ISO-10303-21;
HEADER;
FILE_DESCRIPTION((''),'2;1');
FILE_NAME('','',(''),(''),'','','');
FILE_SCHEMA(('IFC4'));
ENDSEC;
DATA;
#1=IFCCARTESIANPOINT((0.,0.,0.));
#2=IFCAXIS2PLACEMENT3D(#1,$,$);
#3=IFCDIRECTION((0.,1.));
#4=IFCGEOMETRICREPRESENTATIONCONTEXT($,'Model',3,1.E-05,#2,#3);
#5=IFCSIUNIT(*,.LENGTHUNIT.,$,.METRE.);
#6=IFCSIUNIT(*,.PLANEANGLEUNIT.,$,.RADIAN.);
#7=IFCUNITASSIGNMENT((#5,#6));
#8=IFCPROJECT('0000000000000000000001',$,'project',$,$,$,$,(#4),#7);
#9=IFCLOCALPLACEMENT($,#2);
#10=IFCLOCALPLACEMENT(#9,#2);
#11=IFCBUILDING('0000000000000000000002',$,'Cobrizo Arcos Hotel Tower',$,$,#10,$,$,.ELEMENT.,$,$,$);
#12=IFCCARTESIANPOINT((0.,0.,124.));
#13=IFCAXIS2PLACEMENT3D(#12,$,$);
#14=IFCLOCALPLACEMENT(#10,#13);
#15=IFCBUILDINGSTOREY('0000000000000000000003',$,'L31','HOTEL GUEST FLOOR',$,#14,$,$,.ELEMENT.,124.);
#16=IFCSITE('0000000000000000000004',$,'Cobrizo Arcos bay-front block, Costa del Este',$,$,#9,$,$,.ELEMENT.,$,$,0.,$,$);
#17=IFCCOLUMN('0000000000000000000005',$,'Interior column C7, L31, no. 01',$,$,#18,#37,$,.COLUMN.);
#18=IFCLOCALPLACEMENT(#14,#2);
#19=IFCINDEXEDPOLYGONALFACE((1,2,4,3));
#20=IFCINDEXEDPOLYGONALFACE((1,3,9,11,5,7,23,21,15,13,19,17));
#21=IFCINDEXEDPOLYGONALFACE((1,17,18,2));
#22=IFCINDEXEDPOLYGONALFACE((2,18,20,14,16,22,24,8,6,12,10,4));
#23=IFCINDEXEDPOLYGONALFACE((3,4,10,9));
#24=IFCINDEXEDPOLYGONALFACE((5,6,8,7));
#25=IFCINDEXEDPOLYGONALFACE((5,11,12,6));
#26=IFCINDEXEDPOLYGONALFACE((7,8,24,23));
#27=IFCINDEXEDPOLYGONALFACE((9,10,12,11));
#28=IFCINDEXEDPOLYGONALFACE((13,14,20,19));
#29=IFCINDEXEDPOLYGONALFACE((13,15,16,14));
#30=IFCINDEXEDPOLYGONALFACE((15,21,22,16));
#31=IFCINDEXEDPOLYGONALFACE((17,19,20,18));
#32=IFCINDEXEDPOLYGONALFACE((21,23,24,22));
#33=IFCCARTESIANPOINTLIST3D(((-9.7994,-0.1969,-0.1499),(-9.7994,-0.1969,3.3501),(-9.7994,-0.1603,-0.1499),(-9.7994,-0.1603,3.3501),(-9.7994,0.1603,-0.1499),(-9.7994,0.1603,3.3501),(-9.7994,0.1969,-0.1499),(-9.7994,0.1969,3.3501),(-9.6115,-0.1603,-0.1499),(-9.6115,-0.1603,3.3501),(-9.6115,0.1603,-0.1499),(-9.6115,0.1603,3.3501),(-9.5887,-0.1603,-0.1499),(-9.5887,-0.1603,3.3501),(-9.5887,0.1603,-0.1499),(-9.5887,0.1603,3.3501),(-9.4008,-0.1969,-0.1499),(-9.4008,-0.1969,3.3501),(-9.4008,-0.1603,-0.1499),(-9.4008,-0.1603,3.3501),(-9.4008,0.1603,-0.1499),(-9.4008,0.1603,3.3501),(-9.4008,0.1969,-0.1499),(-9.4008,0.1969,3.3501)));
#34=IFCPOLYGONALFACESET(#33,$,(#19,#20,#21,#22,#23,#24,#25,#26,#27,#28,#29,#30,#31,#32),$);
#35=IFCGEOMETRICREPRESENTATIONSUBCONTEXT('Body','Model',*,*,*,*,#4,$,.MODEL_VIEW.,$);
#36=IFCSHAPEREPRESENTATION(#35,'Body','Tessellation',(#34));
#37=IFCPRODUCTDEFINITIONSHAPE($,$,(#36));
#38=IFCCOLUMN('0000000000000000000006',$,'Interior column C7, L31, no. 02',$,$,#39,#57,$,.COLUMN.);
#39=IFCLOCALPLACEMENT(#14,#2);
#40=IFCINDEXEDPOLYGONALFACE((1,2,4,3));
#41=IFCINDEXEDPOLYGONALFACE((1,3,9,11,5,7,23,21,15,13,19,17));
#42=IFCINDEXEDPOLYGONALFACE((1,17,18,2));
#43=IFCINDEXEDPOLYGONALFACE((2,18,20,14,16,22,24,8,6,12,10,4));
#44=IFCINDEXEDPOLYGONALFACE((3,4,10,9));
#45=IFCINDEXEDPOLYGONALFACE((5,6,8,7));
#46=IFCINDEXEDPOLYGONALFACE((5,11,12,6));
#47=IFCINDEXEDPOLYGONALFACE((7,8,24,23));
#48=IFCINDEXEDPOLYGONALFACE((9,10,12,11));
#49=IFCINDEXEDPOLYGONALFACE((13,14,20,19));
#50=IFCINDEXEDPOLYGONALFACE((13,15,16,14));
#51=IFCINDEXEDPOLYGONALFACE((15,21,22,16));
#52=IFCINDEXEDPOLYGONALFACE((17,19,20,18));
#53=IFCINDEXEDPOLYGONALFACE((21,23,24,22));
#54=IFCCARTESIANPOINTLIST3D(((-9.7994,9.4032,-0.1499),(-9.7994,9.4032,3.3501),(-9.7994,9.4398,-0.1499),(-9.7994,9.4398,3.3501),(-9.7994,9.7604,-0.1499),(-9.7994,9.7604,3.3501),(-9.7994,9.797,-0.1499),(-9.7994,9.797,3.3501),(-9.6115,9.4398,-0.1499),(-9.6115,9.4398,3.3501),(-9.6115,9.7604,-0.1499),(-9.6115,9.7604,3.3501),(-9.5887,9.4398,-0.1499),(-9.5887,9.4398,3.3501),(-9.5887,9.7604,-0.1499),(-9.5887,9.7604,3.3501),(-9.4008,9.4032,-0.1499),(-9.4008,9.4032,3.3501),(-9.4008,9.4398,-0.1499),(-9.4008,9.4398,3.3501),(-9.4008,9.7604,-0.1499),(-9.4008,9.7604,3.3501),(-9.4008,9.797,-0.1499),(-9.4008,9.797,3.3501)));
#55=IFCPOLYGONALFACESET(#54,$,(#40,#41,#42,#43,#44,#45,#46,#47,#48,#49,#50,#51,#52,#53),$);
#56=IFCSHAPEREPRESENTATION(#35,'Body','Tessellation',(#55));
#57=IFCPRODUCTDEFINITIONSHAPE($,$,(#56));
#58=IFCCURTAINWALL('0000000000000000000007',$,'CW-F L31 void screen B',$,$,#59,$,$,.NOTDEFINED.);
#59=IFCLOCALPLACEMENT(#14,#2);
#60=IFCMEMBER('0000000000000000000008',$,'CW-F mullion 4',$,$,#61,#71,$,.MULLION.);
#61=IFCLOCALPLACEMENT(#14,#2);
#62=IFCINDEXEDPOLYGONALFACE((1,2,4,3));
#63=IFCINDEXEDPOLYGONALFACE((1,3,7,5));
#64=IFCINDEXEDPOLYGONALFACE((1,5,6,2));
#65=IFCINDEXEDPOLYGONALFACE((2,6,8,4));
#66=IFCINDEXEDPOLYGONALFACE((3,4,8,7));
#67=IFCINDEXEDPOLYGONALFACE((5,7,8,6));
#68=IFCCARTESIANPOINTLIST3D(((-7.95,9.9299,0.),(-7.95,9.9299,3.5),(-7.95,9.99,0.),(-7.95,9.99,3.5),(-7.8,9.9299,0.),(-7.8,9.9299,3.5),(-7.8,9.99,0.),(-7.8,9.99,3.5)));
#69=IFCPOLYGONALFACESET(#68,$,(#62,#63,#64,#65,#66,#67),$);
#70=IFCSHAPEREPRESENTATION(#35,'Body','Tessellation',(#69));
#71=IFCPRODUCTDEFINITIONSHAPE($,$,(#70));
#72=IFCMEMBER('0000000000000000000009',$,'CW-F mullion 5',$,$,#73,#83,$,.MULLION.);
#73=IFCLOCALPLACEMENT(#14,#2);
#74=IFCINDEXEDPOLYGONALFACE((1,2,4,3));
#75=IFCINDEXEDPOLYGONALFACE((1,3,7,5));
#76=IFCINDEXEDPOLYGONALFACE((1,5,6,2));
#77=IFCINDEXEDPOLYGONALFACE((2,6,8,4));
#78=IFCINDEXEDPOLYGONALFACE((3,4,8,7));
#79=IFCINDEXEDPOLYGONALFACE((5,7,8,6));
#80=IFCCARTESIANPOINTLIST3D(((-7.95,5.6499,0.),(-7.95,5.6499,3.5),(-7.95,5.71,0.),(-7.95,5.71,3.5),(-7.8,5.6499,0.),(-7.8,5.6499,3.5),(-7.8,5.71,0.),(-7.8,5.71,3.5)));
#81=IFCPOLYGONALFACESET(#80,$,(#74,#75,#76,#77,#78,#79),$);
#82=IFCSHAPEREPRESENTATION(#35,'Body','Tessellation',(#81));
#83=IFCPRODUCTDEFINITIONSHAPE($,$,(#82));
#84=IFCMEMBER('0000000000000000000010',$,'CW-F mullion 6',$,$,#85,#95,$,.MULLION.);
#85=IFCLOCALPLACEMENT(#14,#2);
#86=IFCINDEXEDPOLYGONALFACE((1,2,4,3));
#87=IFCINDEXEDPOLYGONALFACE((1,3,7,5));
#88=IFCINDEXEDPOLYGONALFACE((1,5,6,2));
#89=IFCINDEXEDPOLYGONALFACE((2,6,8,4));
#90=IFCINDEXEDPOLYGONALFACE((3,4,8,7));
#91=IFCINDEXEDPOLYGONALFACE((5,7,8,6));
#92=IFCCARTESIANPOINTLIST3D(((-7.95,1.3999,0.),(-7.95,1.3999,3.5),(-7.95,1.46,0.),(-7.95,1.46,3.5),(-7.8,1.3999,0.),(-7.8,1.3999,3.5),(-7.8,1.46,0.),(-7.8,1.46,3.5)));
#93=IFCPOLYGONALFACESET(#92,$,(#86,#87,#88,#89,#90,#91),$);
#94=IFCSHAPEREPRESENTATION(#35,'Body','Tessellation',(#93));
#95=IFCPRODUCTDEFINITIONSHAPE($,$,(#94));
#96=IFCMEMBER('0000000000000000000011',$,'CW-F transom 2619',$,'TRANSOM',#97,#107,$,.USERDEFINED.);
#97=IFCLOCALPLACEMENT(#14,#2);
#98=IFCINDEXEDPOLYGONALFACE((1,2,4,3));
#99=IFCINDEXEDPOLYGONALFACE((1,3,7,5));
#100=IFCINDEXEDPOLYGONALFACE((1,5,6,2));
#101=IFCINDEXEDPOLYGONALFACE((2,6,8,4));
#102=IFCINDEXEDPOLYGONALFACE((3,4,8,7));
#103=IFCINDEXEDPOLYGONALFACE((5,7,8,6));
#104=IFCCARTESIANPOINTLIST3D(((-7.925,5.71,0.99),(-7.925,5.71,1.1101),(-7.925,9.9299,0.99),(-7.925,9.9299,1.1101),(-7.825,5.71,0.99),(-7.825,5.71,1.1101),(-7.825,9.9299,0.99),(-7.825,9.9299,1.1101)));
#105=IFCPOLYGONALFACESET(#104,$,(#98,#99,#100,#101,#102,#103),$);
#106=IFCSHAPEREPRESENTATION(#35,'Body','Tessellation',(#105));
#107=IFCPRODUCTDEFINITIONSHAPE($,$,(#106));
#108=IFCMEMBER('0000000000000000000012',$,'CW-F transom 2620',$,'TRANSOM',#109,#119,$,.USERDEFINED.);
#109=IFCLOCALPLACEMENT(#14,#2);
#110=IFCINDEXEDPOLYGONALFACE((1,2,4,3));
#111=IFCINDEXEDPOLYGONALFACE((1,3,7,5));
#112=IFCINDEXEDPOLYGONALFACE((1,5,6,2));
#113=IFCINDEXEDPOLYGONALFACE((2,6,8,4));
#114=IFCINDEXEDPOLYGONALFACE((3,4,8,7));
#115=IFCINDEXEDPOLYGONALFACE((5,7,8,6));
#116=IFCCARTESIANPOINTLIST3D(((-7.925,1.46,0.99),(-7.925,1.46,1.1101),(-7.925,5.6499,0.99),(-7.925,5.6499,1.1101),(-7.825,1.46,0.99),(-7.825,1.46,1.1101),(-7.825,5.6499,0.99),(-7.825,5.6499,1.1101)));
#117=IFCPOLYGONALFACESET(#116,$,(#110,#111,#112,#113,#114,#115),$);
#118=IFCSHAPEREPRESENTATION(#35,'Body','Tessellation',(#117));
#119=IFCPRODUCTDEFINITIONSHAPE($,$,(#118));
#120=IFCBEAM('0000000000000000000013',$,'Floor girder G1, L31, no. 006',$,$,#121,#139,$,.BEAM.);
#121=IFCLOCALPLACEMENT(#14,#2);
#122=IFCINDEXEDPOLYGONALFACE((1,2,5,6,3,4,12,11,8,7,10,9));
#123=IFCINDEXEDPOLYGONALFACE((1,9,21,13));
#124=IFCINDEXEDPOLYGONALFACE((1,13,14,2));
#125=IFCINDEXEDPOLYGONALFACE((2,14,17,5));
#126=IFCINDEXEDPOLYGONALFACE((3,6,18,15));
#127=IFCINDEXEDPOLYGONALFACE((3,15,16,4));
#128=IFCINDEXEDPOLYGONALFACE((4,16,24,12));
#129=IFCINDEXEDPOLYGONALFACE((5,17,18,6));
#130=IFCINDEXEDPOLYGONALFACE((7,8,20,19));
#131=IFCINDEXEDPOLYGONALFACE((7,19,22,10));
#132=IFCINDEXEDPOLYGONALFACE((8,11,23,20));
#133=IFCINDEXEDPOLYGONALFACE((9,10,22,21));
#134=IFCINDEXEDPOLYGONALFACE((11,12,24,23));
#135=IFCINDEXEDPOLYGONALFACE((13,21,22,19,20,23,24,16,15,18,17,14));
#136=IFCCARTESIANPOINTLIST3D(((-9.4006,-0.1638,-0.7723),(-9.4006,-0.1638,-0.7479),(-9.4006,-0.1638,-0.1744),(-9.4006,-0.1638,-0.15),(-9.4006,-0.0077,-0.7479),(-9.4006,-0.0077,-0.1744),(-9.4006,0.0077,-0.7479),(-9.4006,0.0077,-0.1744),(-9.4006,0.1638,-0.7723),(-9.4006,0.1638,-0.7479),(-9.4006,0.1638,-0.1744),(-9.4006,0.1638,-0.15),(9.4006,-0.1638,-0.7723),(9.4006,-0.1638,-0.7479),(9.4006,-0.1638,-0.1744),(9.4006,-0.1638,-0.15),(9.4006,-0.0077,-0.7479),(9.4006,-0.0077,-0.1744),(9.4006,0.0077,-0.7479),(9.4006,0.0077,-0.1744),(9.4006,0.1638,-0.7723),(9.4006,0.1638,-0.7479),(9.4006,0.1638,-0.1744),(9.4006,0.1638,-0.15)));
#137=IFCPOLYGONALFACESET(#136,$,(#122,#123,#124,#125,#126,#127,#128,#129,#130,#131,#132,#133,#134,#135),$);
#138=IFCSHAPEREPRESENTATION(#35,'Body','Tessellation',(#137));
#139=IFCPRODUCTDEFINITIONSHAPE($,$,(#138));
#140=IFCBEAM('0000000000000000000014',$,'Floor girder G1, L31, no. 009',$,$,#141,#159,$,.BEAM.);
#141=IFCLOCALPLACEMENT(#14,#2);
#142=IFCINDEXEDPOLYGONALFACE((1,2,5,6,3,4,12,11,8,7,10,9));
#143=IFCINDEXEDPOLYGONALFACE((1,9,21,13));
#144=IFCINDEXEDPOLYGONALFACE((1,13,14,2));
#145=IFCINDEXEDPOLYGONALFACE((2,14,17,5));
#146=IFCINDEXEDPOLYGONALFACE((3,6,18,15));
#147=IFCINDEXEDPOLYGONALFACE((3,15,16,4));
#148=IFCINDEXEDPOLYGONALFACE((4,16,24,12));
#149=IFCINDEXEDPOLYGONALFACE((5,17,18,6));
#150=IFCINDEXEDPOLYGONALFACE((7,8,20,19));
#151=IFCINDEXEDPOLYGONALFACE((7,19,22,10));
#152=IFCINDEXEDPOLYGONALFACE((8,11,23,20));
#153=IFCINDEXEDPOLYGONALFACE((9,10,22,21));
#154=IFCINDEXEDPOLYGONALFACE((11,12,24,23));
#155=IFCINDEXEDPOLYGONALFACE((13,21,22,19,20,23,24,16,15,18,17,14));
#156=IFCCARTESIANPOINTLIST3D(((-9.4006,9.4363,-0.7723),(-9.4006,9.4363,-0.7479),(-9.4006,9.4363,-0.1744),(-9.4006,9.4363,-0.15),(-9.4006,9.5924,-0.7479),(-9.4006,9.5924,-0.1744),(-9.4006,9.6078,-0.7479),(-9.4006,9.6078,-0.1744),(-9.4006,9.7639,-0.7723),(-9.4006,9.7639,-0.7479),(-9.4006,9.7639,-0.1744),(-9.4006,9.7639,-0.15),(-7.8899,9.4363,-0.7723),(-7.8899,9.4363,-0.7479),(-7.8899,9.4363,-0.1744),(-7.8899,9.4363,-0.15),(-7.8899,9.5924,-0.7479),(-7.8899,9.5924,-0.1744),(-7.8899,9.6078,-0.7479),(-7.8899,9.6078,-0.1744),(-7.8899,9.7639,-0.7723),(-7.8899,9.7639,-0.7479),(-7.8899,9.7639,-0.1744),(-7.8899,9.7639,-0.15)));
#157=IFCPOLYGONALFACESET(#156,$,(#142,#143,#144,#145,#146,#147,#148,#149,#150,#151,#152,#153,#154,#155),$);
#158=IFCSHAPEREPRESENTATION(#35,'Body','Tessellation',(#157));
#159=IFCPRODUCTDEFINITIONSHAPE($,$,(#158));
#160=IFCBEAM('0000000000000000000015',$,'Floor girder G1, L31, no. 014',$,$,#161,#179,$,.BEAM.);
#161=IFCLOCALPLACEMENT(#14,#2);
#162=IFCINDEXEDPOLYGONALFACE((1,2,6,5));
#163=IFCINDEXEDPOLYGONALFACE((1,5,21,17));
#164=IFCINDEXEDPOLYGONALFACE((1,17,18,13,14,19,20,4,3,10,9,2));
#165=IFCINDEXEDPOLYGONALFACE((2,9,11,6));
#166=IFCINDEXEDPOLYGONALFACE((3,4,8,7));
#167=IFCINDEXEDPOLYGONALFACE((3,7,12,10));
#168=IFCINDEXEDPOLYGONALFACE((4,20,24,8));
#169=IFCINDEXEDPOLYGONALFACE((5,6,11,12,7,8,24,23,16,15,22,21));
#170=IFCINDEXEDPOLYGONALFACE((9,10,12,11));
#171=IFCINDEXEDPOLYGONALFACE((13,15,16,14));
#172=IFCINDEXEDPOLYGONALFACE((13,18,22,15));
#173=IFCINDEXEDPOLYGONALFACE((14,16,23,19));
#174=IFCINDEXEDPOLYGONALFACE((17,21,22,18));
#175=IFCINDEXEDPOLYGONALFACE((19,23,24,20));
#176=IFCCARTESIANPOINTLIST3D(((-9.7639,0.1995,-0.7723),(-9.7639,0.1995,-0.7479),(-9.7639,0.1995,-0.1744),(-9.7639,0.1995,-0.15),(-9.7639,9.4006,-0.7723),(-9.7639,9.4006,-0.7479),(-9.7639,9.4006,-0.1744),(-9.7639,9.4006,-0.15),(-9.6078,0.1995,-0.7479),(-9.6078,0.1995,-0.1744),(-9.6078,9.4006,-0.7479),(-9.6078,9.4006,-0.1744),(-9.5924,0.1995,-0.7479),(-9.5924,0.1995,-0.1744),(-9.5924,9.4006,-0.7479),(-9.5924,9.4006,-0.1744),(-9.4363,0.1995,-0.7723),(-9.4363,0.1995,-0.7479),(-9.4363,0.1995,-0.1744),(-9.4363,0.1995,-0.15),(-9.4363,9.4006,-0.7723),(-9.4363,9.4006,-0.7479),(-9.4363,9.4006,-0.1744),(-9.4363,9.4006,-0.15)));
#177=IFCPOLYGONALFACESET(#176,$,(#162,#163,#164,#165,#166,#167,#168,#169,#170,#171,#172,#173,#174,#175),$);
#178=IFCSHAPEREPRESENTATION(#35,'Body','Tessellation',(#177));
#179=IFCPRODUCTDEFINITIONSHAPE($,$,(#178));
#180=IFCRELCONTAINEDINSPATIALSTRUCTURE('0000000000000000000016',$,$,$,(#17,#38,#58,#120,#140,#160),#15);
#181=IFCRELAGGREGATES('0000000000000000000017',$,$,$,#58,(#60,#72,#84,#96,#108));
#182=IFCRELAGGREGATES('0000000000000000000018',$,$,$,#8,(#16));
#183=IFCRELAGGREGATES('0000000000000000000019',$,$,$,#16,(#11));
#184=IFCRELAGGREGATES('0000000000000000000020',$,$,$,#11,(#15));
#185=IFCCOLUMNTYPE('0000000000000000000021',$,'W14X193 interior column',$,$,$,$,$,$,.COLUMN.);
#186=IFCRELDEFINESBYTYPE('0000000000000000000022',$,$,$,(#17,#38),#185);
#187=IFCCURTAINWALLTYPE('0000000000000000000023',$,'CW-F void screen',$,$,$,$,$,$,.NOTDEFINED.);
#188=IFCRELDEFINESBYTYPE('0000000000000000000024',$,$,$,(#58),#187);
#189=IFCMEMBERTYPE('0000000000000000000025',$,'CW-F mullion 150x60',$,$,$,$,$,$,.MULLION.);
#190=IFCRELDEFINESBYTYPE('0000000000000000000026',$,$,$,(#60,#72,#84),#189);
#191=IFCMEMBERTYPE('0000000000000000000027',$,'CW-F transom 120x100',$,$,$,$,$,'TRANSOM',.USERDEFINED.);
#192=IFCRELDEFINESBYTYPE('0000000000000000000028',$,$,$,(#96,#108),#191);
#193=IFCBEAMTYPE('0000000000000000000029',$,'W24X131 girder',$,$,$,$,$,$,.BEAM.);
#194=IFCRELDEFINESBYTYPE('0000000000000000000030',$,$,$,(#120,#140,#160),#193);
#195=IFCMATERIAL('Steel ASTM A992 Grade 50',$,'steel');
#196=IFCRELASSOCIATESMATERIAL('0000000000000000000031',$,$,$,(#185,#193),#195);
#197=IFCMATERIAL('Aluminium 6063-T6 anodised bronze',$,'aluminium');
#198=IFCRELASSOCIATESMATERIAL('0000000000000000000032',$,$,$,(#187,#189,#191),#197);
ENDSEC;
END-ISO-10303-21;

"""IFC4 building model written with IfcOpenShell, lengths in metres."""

from ifc_helpers import new_model, si_unit, direction, frame, origin, origin_2d, place, context, subcontext, project, spatial, rectangle, i_section, extrude, material, material_profile, profile_set, type_object, element, aggregate, save


model = new_model("IFC4")

# Units and contexts
model_context = context("Model", 3, precision=1e-05, world=origin(), true_north=direction((0.0, 1.0)))
body_context = subcontext(model_context, "Body", "Model", "MODEL_VIEW")
ifc_project = project(units=[si_unit("LENGTHUNIT", "METRE"), si_unit("PLANEANGLEUNIT", "RADIAN")], contexts=[model_context])

# Site, building, storey
site_placement = place(None, origin())
site = spatial("IfcSite", under=ifc_project, at=site_placement, Name="Cobrizo Arcos bay-front block, Costa del Este", CompositionType="ELEMENT", RefElevation=0.0)
building_placement = place(site_placement, origin())
building = spatial("IfcBuilding", under=site, at=building_placement, Name="Cobrizo Arcos Hotel Tower", CompositionType="ELEMENT")
storey_placement = place(building_placement, frame((0.0, 0.0, 124.0)))
storey = spatial("IfcBuildingStorey", under=building, at=storey_placement, Name="L31", Description="HOTEL GUEST FLOOR", CompositionType="ELEMENT", Elevation=124.0)

# Columns
ifc_material_1 = material(Name="Steel ASTM A992 Grade 50", Category="steel")
ifc_material_profile_1 = material_profile(ifc_material_1, i_section(OverallWidth=0.3987, OverallDepth=0.3938, WebThickness=0.0227, FlangeThickness=0.0366, at=origin_2d()), Name="W14X193")
ifc_profile_set_1 = profile_set([ifc_material_profile_1], Name="Steel ASTM A992 Grade 50")
column_type = type_object("IfcColumnType", Name="W14X193 interior column", PredefinedType="COLUMN", material=ifc_profile_set_1)
for number, where, z_axis, x_axis, name in (
    (1, (-9.6001, 0.0, -0.1499), (0.0, 0.0, 1.0), (1.0, 0.0, 0.0), "Interior column C7, L31, no. 01"),
    (2, (-9.6001, 9.6001, -0.1499), (0.0, 0.0, 1.0), (1.0, 0.0, 0.0), "Interior column C7, L31, no. 02"),
):
    element("IfcColumn", number, at=place(storey_placement, frame(where, z_axis=z_axis, x_axis=x_axis)), inside=storey, type_object=column_type, Name=name, PredefinedType="COLUMN", context=body_context, shape_type="SweptSolid", body=[
        extrude(i_section(OverallWidth=0.3987, OverallDepth=0.3938, WebThickness=0.0227, FlangeThickness=0.0366, at=origin_2d()), origin(), (0.0, 0.0, 1.0), 3.5),
    ])

# Curtain wall, members
ifc_material_2 = material(Name="Aluminium 6063-T6 anodised bronze", Category="aluminium")
curtain_wall_type = type_object("IfcCurtainWallType", Name="CW-F void screen", PredefinedType="NOTDEFINED", material=ifc_material_2)
curtain_wall_placement = place(storey_placement, origin())
curtain_wall = element("IfcCurtainWall", 3, at=curtain_wall_placement, inside=storey, type_object=curtain_wall_type, Name="CW-F L31 void screen B", PredefinedType="NOTDEFINED")
ifc_material_profile_2 = material_profile(ifc_material_2, rectangle(XDim=0.1499, YDim=0.0601, at=origin_2d()), Name="CW-F mullion 150x60")
ifc_profile_set_2 = profile_set([ifc_material_profile_2], Name="Aluminium 6063-T6 anodised bronze")
member_type_1 = type_object("IfcMemberType", Name="CW-F mullion 150x60", PredefinedType="MULLION", material=ifc_profile_set_2)
member_1_placement = place(storey_placement, frame((-7.875, 9.96, 0.0), z_axis=(0.0, 0.0, 1.0), x_axis=(-1.0, 0.0, 0.0)))
member_1 = element("IfcMember", 4, at=member_1_placement, type_object=member_type_1, Name="CW-F mullion 4", PredefinedType="MULLION", context=body_context, shape_type="SweptSolid", body=[
    extrude(rectangle(XDim=0.1499, YDim=0.0601, at=origin_2d()), origin(), (0.0, 0.0, 1.0), 3.5),
])
member_2_placement = place(storey_placement, frame((-7.875, 5.6799, 0.0), z_axis=(0.0, 0.0, 1.0), x_axis=(-1.0, 0.0, 0.0)))
member_2 = element("IfcMember", 5, at=member_2_placement, type_object=member_type_1, Name="CW-F mullion 5", PredefinedType="MULLION", context=body_context, shape_type="SweptSolid", body=[
    extrude(rectangle(XDim=0.1499, YDim=0.0601, at=origin_2d()), origin(), (0.0, 0.0, 1.0), 3.5),
])
member_3_placement = place(storey_placement, frame((-7.875, 1.4299, 0.0), z_axis=(0.0, 0.0, 1.0), x_axis=(-1.0, 0.0, 0.0)))
member_3 = element("IfcMember", 6, at=member_3_placement, type_object=member_type_1, Name="CW-F mullion 6", PredefinedType="MULLION", context=body_context, shape_type="SweptSolid", body=[
    extrude(rectangle(XDim=0.1499, YDim=0.0601, at=origin_2d()), origin(), (0.0, 0.0, 1.0), 3.5),
])
ifc_material_profile_3 = material_profile(ifc_material_2, rectangle(XDim=0.1001, YDim=0.1201, at=origin_2d()), Name="CW-F transom 120x100")
ifc_profile_set_3 = profile_set([ifc_material_profile_3], Name="Aluminium 6063-T6 anodised bronze")
member_type_2 = type_object("IfcMemberType", Name="CW-F transom 120x100", ElementType="TRANSOM", PredefinedType="USERDEFINED", material=ifc_profile_set_3)
member_4_placement = place(storey_placement, frame((-7.875, 9.9299, 1.05), z_axis=(0.0, -1.0, 0.0), x_axis=(1.0, 0.0, 0.0)))
member_4 = element("IfcMember", 7, at=member_4_placement, type_object=member_type_2, Name="CW-F transom 2619", ObjectType="TRANSOM", PredefinedType="USERDEFINED", context=body_context, shape_type="SweptSolid", body=[
    extrude(rectangle(XDim=0.1001, YDim=0.1201, at=origin_2d()), origin(), (0.0, 0.0, 1.0), 4.22),
])
member_5_placement = place(storey_placement, frame((-7.875, 5.6499, 1.05), z_axis=(0.0, -1.0, 0.0), x_axis=(1.0, 0.0, 0.0)))
member_5 = element("IfcMember", 8, at=member_5_placement, type_object=member_type_2, Name="CW-F transom 2620", ObjectType="TRANSOM", PredefinedType="USERDEFINED", context=body_context, shape_type="SweptSolid", body=[
    extrude(rectangle(XDim=0.1001, YDim=0.1201, at=origin_2d()), origin(), (0.0, 0.0, 1.0), 4.1899),
])

# Beams
ifc_material_profile_4 = material_profile(ifc_material_1, i_section(OverallWidth=0.3276, OverallDepth=0.6223, WebThickness=0.0154, FlangeThickness=0.0244, at=origin_2d()), Name="W24X131")
ifc_profile_set_4 = profile_set([ifc_material_profile_4], Name="Steel ASTM A992 Grade 50")
beam_type_1 = type_object("IfcBeamType", Name="W24X131 girder", PredefinedType="BEAM", material=ifc_profile_set_4)
beam_1_placement = place(storey_placement, frame((-9.4006, 0.0, -0.4612), z_axis=(1.0, 0.0, 0.0), x_axis=(0.0, 1.0, 0.0)))
element("IfcBeam", 9, at=beam_1_placement, inside=storey, type_object=beam_type_1, Name="Floor girder G1, L31, no. 006", PredefinedType="BEAM", context=body_context, shape_type="SweptSolid", body=[
    extrude(i_section(OverallWidth=0.3276, OverallDepth=0.6223, WebThickness=0.0154, FlangeThickness=0.0244, at=origin_2d()), origin(), (0.0, 0.0, 1.0), 18.8013),
])
beam_2_placement = place(storey_placement, frame((-9.4006, 9.6001, -0.4612), z_axis=(1.0, 0.0, 0.0), x_axis=(0.0, 1.0, 0.0)))
element("IfcBeam", 10, at=beam_2_placement, inside=storey, type_object=beam_type_1, Name="Floor girder G1, L31, no. 009", PredefinedType="BEAM", context=body_context, shape_type="SweptSolid", body=[
    extrude(i_section(OverallWidth=0.3276, OverallDepth=0.6223, WebThickness=0.0154, FlangeThickness=0.0244, at=origin_2d()), origin(), (0.0, 0.0, 1.0), 1.5107),
])
beam_3_placement = place(storey_placement, frame((-9.6001, 0.1995, -0.4612), z_axis=(0.0, 1.0, 0.0), x_axis=(-1.0, 0.0, 0.0)))
element("IfcBeam", 11, at=beam_3_placement, inside=storey, type_object=beam_type_1, Name="Floor girder G1, L31, no. 014", PredefinedType="BEAM", context=body_context, shape_type="SweptSolid", body=[
    extrude(i_section(OverallWidth=0.3276, OverallDepth=0.6223, WebThickness=0.0154, FlangeThickness=0.0244, at=origin_2d()), origin(), (0.0, 0.0, 1.0), 9.2012),
])

aggregate(curtain_wall, [member_1, member_2, member_3, member_4, member_5])

save(model, "model.ifc")
